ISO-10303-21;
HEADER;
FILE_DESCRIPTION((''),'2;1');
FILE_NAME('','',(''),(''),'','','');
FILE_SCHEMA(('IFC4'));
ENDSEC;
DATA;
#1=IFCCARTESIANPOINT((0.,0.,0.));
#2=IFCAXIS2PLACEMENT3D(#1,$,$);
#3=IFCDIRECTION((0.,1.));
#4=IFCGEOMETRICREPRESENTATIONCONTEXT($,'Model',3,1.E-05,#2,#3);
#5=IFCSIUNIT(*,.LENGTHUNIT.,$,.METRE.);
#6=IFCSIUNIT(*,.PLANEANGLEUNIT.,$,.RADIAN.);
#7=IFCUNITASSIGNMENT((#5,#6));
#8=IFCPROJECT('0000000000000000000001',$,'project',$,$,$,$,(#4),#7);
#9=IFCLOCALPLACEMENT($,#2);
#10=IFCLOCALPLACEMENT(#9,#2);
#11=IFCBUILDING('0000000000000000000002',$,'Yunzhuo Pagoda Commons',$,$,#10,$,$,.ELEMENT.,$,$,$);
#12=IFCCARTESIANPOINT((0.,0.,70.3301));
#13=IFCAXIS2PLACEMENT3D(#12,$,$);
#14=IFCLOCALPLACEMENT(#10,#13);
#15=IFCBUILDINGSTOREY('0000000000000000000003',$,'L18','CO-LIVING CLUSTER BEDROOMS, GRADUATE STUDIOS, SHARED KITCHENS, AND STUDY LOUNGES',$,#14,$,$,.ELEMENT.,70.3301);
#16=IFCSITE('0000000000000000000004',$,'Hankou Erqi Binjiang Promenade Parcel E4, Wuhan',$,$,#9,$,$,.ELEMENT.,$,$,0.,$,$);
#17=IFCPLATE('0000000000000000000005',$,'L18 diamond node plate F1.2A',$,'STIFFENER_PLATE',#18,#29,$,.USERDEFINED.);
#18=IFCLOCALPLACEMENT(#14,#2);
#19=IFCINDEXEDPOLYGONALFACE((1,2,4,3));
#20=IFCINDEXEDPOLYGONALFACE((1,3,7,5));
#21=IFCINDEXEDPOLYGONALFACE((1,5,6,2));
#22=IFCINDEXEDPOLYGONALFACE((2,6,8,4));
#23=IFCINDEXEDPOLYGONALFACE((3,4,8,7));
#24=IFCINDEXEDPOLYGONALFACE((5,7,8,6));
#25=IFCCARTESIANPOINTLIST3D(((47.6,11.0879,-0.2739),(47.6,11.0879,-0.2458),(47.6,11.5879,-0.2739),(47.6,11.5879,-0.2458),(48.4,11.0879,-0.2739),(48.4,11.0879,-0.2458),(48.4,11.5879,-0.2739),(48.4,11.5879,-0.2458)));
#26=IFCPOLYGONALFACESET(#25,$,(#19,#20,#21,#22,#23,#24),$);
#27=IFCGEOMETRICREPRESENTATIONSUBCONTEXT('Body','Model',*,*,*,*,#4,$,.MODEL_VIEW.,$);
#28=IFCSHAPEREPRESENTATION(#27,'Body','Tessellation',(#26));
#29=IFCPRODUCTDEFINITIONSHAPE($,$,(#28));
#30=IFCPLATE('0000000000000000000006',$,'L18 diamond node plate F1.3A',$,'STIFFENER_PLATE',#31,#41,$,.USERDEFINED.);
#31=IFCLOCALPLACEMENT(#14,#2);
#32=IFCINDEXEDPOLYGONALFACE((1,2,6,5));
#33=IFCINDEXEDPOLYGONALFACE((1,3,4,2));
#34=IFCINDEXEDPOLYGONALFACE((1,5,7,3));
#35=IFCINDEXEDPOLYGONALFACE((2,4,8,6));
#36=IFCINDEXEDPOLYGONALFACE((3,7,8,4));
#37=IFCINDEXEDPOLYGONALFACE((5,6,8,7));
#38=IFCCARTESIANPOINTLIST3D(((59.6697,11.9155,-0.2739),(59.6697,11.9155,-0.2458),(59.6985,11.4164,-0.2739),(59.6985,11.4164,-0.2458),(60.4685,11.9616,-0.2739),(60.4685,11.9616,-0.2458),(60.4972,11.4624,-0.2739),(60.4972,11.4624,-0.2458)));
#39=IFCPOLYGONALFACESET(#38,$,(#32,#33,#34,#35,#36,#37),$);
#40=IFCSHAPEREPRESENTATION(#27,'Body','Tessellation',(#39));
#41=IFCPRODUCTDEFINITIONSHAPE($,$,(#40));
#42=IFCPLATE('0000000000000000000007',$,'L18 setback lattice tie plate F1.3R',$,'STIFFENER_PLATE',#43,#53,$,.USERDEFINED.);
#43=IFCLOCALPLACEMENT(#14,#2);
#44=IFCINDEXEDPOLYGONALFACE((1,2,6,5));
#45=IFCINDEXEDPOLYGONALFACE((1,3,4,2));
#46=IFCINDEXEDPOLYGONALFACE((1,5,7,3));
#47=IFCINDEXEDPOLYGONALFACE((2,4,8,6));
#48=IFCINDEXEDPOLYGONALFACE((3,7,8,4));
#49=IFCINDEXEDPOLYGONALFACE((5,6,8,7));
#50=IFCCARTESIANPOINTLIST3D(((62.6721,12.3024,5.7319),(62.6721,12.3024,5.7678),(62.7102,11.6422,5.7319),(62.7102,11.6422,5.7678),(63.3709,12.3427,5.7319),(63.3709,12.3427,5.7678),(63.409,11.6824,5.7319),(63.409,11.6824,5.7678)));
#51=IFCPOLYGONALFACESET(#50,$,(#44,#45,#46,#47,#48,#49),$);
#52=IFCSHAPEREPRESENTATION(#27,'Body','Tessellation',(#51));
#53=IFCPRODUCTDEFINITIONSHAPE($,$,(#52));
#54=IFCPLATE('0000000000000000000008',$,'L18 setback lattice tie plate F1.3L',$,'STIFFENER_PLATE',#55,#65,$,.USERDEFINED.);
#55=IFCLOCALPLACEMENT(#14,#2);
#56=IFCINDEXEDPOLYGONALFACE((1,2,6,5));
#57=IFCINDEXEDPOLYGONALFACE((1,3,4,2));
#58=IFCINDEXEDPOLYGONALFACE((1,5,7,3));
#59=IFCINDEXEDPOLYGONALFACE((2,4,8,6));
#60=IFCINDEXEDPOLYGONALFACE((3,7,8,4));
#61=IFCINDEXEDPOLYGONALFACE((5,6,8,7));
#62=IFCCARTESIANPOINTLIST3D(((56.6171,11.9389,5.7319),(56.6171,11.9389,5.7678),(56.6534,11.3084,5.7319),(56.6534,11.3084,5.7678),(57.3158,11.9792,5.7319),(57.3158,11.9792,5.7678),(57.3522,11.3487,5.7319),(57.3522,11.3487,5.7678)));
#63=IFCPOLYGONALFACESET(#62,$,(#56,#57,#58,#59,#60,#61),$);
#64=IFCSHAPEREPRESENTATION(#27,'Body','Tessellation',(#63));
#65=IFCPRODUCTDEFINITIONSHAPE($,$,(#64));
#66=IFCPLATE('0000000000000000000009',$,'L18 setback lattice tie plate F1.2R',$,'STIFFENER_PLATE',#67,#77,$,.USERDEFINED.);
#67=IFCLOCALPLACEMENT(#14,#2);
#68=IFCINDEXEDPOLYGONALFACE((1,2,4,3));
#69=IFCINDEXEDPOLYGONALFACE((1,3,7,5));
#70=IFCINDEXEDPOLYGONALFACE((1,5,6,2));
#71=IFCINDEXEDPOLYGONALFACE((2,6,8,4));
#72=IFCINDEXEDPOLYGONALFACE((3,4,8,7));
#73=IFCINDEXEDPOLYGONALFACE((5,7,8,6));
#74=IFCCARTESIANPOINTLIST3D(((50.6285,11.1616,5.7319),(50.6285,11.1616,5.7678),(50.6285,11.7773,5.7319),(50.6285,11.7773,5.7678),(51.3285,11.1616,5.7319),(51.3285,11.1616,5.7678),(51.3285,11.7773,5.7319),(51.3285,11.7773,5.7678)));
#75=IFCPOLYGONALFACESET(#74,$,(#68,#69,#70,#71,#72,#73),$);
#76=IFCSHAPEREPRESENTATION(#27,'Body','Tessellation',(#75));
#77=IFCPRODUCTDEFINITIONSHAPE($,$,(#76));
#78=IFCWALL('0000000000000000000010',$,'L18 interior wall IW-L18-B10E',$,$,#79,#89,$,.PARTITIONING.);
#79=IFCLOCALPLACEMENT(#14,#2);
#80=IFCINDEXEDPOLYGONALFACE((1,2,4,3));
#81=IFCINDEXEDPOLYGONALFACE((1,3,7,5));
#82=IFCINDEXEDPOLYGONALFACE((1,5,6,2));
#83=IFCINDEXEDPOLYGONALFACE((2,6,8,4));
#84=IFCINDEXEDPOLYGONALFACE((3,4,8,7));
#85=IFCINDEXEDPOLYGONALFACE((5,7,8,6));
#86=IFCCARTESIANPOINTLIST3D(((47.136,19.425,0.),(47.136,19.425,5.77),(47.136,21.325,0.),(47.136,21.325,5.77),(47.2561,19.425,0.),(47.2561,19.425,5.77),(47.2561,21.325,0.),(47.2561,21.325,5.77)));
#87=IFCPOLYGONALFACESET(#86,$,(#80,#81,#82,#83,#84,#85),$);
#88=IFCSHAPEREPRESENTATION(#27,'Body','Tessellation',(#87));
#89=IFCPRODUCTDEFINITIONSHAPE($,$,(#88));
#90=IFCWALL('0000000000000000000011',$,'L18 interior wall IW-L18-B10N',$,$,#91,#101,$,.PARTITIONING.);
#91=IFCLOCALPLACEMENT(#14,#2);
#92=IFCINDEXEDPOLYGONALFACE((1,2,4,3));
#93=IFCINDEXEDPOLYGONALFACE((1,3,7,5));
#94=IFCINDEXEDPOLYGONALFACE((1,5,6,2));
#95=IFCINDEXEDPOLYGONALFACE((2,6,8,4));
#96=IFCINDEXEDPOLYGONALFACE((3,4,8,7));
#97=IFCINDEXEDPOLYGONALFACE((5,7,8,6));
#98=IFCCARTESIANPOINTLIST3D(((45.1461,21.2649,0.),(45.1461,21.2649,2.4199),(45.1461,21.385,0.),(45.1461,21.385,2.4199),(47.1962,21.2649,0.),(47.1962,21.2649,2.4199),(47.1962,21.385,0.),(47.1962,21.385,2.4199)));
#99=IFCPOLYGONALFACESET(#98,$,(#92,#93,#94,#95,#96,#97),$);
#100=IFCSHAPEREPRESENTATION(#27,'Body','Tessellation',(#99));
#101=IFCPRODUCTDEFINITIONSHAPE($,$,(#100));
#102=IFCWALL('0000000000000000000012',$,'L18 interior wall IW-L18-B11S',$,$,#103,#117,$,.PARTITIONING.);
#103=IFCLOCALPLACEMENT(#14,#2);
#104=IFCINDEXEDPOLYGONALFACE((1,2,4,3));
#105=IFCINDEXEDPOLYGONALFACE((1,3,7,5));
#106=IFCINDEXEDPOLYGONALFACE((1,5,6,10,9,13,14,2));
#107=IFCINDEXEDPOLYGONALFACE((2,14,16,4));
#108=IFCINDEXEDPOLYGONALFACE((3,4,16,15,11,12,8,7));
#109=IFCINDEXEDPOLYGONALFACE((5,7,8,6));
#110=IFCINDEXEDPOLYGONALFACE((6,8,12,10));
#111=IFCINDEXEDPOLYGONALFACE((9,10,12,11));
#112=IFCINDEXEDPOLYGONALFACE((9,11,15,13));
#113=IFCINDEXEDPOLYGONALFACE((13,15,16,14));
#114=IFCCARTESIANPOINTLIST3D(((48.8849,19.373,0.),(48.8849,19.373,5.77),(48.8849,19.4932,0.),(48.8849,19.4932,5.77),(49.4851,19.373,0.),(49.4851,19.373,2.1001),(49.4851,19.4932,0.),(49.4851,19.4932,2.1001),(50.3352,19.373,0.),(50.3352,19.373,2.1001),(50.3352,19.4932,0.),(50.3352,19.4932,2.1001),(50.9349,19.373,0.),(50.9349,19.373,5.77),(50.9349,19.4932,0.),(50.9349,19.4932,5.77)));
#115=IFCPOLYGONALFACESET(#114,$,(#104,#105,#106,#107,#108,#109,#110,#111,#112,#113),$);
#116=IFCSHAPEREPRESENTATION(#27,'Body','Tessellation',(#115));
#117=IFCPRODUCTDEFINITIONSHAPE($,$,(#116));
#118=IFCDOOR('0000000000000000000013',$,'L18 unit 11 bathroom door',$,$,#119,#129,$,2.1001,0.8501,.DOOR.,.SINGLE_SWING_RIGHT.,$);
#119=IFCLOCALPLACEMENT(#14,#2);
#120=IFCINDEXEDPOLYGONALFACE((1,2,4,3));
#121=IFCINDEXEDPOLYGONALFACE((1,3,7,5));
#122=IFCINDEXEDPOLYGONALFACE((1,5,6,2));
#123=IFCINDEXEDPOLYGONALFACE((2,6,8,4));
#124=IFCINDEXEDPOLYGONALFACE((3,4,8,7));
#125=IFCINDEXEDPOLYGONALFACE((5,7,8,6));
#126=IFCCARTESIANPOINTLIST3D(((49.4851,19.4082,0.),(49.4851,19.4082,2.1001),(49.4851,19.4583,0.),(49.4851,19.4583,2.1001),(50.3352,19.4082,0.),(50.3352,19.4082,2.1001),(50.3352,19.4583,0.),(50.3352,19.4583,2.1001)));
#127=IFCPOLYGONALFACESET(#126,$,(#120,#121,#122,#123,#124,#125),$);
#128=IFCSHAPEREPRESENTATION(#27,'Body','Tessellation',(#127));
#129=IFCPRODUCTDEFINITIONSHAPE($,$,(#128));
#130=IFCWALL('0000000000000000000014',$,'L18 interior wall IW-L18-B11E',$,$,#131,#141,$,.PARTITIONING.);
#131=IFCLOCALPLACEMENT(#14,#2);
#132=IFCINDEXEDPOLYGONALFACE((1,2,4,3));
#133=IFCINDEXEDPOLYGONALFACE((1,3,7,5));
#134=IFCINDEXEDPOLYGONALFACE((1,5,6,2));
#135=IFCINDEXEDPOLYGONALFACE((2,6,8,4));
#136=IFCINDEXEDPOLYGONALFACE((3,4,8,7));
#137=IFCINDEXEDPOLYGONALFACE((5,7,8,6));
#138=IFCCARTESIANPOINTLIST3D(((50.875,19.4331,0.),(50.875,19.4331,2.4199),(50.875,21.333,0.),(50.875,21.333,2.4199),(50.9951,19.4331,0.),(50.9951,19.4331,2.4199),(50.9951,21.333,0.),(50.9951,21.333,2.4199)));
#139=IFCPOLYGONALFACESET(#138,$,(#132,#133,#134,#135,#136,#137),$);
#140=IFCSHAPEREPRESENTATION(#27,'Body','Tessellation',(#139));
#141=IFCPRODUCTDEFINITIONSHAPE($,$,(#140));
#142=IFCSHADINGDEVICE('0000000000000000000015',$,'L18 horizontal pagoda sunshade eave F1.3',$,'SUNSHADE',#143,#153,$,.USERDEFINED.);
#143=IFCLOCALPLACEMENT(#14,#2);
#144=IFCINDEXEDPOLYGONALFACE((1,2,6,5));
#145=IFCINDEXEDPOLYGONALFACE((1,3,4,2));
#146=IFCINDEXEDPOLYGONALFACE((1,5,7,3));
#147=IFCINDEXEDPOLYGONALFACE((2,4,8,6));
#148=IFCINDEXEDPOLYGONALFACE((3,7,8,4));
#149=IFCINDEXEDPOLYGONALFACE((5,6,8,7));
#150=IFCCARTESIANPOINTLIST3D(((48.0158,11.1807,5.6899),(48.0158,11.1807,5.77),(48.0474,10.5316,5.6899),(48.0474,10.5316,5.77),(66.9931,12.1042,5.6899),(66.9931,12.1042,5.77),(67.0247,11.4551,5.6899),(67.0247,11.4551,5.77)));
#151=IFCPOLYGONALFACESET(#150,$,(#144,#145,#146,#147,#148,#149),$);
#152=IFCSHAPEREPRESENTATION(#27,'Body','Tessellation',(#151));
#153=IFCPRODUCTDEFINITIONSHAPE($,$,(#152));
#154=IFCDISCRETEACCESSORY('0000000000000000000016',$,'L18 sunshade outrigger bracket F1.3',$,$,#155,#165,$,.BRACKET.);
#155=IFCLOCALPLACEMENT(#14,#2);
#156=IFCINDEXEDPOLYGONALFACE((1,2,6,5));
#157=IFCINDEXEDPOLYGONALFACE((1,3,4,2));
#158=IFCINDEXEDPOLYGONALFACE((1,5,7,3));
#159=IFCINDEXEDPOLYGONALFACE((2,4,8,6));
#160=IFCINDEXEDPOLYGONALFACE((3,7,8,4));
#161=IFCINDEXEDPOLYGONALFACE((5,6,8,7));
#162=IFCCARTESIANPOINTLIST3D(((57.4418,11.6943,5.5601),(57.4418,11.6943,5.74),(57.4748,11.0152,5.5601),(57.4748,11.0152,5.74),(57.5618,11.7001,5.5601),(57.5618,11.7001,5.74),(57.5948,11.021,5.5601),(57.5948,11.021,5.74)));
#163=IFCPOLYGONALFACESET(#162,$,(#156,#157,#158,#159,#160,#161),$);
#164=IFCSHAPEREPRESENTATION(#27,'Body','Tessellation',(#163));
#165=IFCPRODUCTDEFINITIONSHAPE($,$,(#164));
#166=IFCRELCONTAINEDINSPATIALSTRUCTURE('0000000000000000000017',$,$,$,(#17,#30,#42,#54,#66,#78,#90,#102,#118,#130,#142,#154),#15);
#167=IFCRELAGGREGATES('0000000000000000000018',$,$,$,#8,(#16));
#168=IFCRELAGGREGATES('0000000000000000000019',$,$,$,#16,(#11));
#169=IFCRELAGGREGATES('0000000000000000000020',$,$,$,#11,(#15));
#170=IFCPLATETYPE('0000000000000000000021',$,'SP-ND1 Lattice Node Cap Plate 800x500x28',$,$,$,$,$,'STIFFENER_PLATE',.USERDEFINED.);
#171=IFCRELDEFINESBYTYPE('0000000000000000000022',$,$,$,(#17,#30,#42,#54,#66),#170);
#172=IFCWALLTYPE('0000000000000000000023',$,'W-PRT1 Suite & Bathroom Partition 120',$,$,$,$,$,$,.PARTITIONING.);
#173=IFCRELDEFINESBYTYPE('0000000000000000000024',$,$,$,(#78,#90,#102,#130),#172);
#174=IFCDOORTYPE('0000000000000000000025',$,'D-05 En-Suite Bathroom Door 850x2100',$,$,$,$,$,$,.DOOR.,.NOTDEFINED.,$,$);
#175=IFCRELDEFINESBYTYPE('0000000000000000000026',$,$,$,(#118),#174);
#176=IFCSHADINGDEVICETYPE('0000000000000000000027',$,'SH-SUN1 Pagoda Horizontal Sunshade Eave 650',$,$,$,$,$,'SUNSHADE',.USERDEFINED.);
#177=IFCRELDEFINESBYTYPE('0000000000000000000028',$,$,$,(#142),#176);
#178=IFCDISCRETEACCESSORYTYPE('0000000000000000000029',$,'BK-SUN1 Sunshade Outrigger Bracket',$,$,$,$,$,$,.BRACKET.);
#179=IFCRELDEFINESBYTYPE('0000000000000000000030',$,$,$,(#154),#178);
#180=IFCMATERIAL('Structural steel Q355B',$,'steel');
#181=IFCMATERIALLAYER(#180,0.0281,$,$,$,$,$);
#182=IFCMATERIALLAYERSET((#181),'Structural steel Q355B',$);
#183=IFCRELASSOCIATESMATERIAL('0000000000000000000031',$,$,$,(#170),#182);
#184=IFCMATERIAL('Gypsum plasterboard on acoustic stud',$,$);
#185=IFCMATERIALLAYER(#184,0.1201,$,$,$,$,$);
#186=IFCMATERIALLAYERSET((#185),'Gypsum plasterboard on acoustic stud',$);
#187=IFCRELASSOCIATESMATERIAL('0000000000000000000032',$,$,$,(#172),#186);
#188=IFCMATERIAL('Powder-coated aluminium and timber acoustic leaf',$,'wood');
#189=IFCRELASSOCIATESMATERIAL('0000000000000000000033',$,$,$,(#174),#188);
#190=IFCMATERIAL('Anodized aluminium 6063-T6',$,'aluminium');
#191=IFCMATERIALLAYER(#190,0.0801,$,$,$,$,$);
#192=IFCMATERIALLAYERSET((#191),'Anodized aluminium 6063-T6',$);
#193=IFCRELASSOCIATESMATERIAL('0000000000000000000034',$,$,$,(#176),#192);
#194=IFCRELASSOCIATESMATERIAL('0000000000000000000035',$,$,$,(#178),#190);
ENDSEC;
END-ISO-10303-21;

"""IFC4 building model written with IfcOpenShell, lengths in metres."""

from ifc_helpers import new_model, si_unit, direction, frame, frame_2d, origin, origin_2d, place, context, subcontext, project, spatial, rectangle, extrude, source, transform, mapped, material, layer, layer_set, type_object, element, fill, save


model = new_model("IFC4")

# Units and contexts
model_context = context("Model", 3, precision=1e-05, world=origin(), true_north=direction((0.0, 1.0)))
body_context = subcontext(model_context, "Body", "Model", "MODEL_VIEW")
ifc_project = project(units=[si_unit("LENGTHUNIT", "METRE"), si_unit("PLANEANGLEUNIT", "RADIAN")], contexts=[model_context])

# Site, building, storey
site_placement = place(None, origin())
site = spatial("IfcSite", under=ifc_project, at=site_placement, Name="Hankou Erqi Binjiang Promenade Parcel E4, Wuhan", CompositionType="ELEMENT", RefElevation=0.0)
building_placement = place(site_placement, origin())
building = spatial("IfcBuilding", under=site, at=building_placement, Name="Yunzhuo Pagoda Commons", CompositionType="ELEMENT")
storey_placement = place(building_placement, frame((0.0, 0.0, 70.3301)))
storey = spatial("IfcBuildingStorey", under=building, at=storey_placement, Name="L18", Description="CO-LIVING CLUSTER BEDROOMS, GRADUATE STUDIOS, SHARED KITCHENS, AND STUDY LOUNGES", CompositionType="ELEMENT", Elevation=70.3301)

# Shared definitions
ifc_material_1 = material(Name="Structural steel Q355B", Category="steel")

# Shared definitions
ifc_material_2 = material(Name="Anodized aluminium 6063-T6", Category="aluminium")

# Plates
ifc_layer_1 = layer(ifc_material_1, 0.0281)
ifc_layer_set_1 = layer_set([ifc_layer_1], Name="Structural steel Q355B")
plate_type_1 = type_object("IfcPlateType", Name="SP-ND1 Lattice Node Cap Plate 800x500x28", ElementType="STIFFENER_PLATE", PredefinedType="USERDEFINED", material=ifc_layer_set_1)
shared_shape_1 = source(origin(), body_context, "Body", "SweptSolid", [
    extrude(rectangle(XDim=0.8, YDim=0.5, at=origin_2d()), origin(), (0.0, 0.0, 1.0), 0.0281),
])
for number, where, z_axis, x_axis, name in (
    (1, (48.0, 11.3379, -0.2739), (0.0, 0.0, 1.0), (1.0, 0.0, 0.0), "L18 diamond node plate F1.2A"),
    (2, (60.0835, 11.689, -0.2739), (0.0, 0.0, 1.0), (0.998343, 0.057547, 0.0), "L18 diamond node plate F1.3A"),
):
    element("IfcPlate", number, at=place(storey_placement, frame(where, z_axis=z_axis, x_axis=x_axis)), inside=storey, type_object=plate_type_1, Name=name, ObjectType="STIFFENER_PLATE", PredefinedType="USERDEFINED", context=body_context, shape_type="MappedRepresentation", body=[
        mapped(shared_shape_1, transform((0.0, 0.0, 0.0), scale=1.0)),
    ])
shared_shape_2 = source(origin(), body_context, "Body", "SweptSolid", [
    extrude(rectangle(XDim=0.7, YDim=0.6614, at=origin_2d()), origin(), (0.0, 0.0, 1.0), 0.0359),
])
plate_1_placement = place(storey_placement, frame((63.0405, 11.9924, 5.7319), z_axis=(0.0, 0.0, 1.0), x_axis=(0.998343, 0.057547, 0.0)))
element("IfcPlate", 3, at=plate_1_placement, inside=storey, type_object=plate_type_1, Name="L18 setback lattice tie plate F1.3R", ObjectType="STIFFENER_PLATE", PredefinedType="USERDEFINED", context=body_context, shape_type="MappedRepresentation", body=[
    mapped(shared_shape_2, transform((0.0, 0.0, 0.0), scale=1.0)),
])
shared_shape_3 = source(origin(), body_context, "Body", "SweptSolid", [
    extrude(rectangle(XDim=0.7, YDim=0.6316, at=origin_2d()), origin(), (0.0, 0.0, 1.0), 0.0359),
])
plate_2_placement = place(storey_placement, frame((56.9846, 11.6438, 5.7319), z_axis=(0.0, 0.0, 1.0), x_axis=(0.998343, 0.057547, 0.0)))
element("IfcPlate", 4, at=plate_2_placement, inside=storey, type_object=plate_type_1, Name="L18 setback lattice tie plate F1.3L", ObjectType="STIFFENER_PLATE", PredefinedType="USERDEFINED", context=body_context, shape_type="MappedRepresentation", body=[
    mapped(shared_shape_3, transform((0.0, 0.0, 0.0), scale=1.0)),
])
shared_shape_4 = source(origin(), body_context, "Body", "SweptSolid", [
    extrude(rectangle(XDim=0.7, YDim=0.6157, at=origin_2d()), origin(), (0.0, 0.0, 1.0), 0.0359),
])
plate_3_placement = place(storey_placement, frame((50.9785, 11.4695, 5.7319), z_axis=(0.0, 0.0, 1.0), x_axis=(1.0, 0.0, 0.0)))
element("IfcPlate", 5, at=plate_3_placement, inside=storey, type_object=plate_type_1, Name="L18 setback lattice tie plate F1.2R", ObjectType="STIFFENER_PLATE", PredefinedType="USERDEFINED", context=body_context, shape_type="MappedRepresentation", body=[
    mapped(shared_shape_4, transform((0.0, 0.0, 0.0), scale=1.0)),
])

# Walls
ifc_material_3 = material(Name="Gypsum plasterboard on acoustic stud")
ifc_layer_2 = layer(ifc_material_3, 0.1201)
ifc_layer_set_2 = layer_set([ifc_layer_2], Name="Gypsum plasterboard on acoustic stud")
wall_type = type_object("IfcWallType", Name="W-PRT1 Suite & Bathroom Partition 120", PredefinedType="PARTITIONING", material=ifc_layer_set_2)
wall_1_placement = place(storey_placement, frame((47.196, 19.425, 0.0), z_axis=(0.0, 0.0, 1.0), x_axis=(0.0, 1.0, 0.0)))
element("IfcWall", 6, at=wall_1_placement, inside=storey, type_object=wall_type, Name="L18 interior wall IW-L18-B10E", PredefinedType="PARTITIONING", context=body_context, shape_type="SweptSolid", body=[
    extrude(rectangle(XDim=1.8999, YDim=0.1201, at=frame_2d((0.95, 0.0))), origin(), (0.0, 0.0, 1.0), 5.77),
])
wall_2_placement = place(storey_placement, frame((47.196, 21.325, 0.0), z_axis=(0.0, 0.0, 1.0), x_axis=(-1.0, 0.0, 0.0)))
element("IfcWall", 7, at=wall_2_placement, inside=storey, type_object=wall_type, Name="L18 interior wall IW-L18-B10N", PredefinedType="PARTITIONING", context=body_context, shape_type="SweptSolid", body=[
    extrude(rectangle(XDim=2.05, YDim=0.1201, at=frame_2d((1.0249, 0.0))), origin(), (0.0, 0.0, 1.0), 2.4199),
])

# Wall, opening, door
wall_3_placement = place(storey_placement, frame((48.885, 19.4331, 0.0), z_axis=(0.0, 0.0, 1.0), x_axis=(1.0, 0.0, 0.0)))
wall_3 = element("IfcWall", 8, at=wall_3_placement, inside=storey, type_object=wall_type, Name="L18 interior wall IW-L18-B11S", PredefinedType="PARTITIONING", context=body_context, shape_type="SweptSolid", body=[
    extrude(rectangle(XDim=2.05, YDim=0.1201, at=frame_2d((1.0249, 0.0))), origin(), (0.0, 0.0, 1.0), 5.77),
])
opening_placement = place(wall_3_placement, frame((0.6001, 0.0, 0.0)))
opening = element("IfcOpeningElement", 9, at=opening_placement, cuts=wall_3, PredefinedType="OPENING", context=body_context, shape_type="SweptSolid", body=[
    extrude(rectangle(XDim=0.8501, YDim=2.1001, at=frame_2d((0.425, 1.05))), frame((0.0, 0.0701, 0.0), z_axis=(0.0, -1.0, 0.0), x_axis=(1.0, 0.0, 0.0)), (0.0, 0.0, 1.0), 0.1401),
])
ifc_material_4 = material(Name="Powder-coated aluminium and timber acoustic leaf", Category="wood")
door_type = type_object("IfcDoorType", Name="D-05 En-Suite Bathroom Door 850x2100", OperationType="NOTDEFINED", PredefinedType="DOOR", material=ifc_material_4)
shared_shape_5 = source(origin(), body_context, "Body", "SweptSolid", [
    extrude(rectangle(XDim=0.8501, YDim=2.1001, at=frame_2d((0.425, 1.05))), frame((0.0, 0.0249, 0.0), z_axis=(0.0, -1.0, 0.0), x_axis=(1.0, 0.0, 0.0)), (0.0, 0.0, 1.0), 0.05),
])
door_placement = place(opening_placement, frame((0.8501, 0.0, 0.0), z_axis=(0.0, 0.0, 1.0), x_axis=(-1.0, 0.0, 0.0)))
door = element("IfcDoor", 10, at=door_placement, inside=storey, type_object=door_type, Name="L18 unit 11 bathroom door", OperationType="SINGLE_SWING_RIGHT", OverallHeight=2.1001, OverallWidth=0.8501, PredefinedType="DOOR", context=body_context, shape_type="MappedRepresentation", body=[
    mapped(shared_shape_5, transform((0.0, 0.0, 0.0), scale=1.0)),
])
fill(opening, door)

# Wall
wall_4_placement = place(storey_placement, frame((50.9351, 19.4331, 0.0), z_axis=(0.0, 0.0, 1.0), x_axis=(0.0, 1.0, 0.0)))
element("IfcWall", 11, at=wall_4_placement, inside=storey, type_object=wall_type, Name="L18 interior wall IW-L18-B11E", PredefinedType="PARTITIONING", context=body_context, shape_type="SweptSolid", body=[
    extrude(rectangle(XDim=1.8999, YDim=0.1201, at=frame_2d((0.95, 0.0))), origin(), (0.0, 0.0, 1.0), 2.4199),
])

# Shading device
ifc_layer_3 = layer(ifc_material_2, 0.0801)
ifc_layer_set_3 = layer_set([ifc_layer_3], Name="Anodized aluminium 6063-T6")
shading_device_type = type_object("IfcShadingDeviceType", Name="SH-SUN1 Pagoda Horizontal Sunshade Eave 650", ElementType="SUNSHADE", PredefinedType="USERDEFINED", material=ifc_layer_set_3)
shared_shape_6 = source(origin(), body_context, "Body", "SweptSolid", [
    extrude(rectangle(XDim=18.9998, YDim=0.6499, at=origin_2d()), origin(), (0.0, 0.0, 1.0), 0.0801),
])
shading_device_placement = place(storey_placement, frame((57.5203, 11.3179, 5.6899), z_axis=(0.0, 0.0, 1.0), x_axis=(0.998818, 0.048606, 0.0)))
element("IfcShadingDevice", 12, at=shading_device_placement, inside=storey, type_object=shading_device_type, Name="L18 horizontal pagoda sunshade eave F1.3", ObjectType="SUNSHADE", PredefinedType="USERDEFINED", context=body_context, shape_type="MappedRepresentation", body=[
    mapped(shared_shape_6, transform((0.0, 0.0, 0.0), scale=1.0)),
])

# Discrete accessory
discrete_accessory_type = type_object("IfcDiscreteAccessoryType", Name="BK-SUN1 Sunshade Outrigger Bracket", PredefinedType="BRACKET", material=ifc_material_2)
shared_shape_7 = source(origin(), body_context, "Body", "SweptSolid", [
    extrude(rectangle(XDim=0.1201, YDim=0.6799, at=origin_2d()), origin(), (0.0, 0.0, 1.0), 0.1799),
])
discrete_accessory_placement = place(storey_placement, frame((57.5183, 11.3577, 5.5601), z_axis=(0.0, 0.0, 1.0), x_axis=(0.998818, 0.048606, 0.0)))
element("IfcDiscreteAccessory", 13, at=discrete_accessory_placement, inside=storey, type_object=discrete_accessory_type, Name="L18 sunshade outrigger bracket F1.3", PredefinedType="BRACKET", context=body_context, shape_type="MappedRepresentation", body=[
    mapped(shared_shape_7, transform((0.0, 0.0, 0.0), scale=1.0)),
])

save(model, "model.ifc")
